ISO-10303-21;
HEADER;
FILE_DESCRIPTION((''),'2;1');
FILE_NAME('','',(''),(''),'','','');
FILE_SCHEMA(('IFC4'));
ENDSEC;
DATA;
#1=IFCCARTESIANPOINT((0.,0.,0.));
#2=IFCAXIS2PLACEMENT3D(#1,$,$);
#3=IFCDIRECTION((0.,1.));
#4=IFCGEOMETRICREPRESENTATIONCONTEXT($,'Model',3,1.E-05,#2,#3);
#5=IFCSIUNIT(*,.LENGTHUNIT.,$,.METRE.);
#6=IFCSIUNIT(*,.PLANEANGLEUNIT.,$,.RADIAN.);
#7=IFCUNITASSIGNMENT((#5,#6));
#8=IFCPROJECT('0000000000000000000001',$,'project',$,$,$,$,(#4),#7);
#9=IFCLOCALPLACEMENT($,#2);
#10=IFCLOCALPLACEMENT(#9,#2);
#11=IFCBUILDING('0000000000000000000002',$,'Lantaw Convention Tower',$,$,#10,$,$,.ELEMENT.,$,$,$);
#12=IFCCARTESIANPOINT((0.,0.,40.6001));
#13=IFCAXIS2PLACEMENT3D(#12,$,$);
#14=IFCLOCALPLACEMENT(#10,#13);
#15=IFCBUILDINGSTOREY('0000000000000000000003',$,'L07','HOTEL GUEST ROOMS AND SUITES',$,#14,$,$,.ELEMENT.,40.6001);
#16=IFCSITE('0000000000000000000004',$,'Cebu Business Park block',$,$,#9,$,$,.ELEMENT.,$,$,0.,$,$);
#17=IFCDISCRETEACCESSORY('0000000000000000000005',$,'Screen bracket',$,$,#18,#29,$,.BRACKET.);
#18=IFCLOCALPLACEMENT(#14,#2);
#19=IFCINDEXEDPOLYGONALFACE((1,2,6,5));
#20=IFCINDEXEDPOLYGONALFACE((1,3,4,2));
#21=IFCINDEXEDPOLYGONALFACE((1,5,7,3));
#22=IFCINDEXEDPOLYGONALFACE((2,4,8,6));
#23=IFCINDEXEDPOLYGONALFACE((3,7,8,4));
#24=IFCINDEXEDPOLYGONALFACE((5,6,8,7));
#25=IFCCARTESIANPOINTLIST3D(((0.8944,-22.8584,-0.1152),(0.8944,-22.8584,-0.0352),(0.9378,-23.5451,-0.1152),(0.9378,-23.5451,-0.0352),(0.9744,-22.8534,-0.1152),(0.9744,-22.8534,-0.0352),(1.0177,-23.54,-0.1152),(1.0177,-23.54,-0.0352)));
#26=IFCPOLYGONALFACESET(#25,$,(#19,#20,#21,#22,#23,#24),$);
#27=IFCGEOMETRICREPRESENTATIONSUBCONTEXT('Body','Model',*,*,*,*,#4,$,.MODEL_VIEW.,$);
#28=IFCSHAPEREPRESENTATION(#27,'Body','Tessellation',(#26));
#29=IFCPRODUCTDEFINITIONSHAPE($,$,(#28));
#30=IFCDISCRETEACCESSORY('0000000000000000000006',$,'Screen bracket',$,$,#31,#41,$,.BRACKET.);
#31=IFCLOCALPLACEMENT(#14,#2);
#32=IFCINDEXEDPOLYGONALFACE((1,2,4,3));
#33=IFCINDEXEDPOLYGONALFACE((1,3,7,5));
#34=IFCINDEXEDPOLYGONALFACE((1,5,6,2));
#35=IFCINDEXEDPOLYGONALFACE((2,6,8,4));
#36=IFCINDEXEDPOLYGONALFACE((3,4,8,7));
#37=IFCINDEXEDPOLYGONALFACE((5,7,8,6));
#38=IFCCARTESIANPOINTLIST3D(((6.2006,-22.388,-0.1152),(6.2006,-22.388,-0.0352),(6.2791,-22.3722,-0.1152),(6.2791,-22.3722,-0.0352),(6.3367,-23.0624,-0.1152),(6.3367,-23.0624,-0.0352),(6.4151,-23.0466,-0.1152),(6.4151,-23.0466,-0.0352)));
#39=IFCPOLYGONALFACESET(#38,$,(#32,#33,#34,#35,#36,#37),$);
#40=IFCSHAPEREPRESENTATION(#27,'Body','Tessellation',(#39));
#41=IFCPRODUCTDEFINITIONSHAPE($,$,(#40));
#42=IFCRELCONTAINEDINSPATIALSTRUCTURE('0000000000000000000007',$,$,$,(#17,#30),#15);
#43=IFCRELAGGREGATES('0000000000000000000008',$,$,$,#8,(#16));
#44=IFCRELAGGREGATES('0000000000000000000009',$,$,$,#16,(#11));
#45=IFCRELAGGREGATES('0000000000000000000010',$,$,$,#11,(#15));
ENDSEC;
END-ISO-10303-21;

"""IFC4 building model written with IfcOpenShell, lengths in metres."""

from ifc_helpers import new_model, si_unit, direction, frame, origin, origin_2d, place, context, subcontext, project, spatial, rectangle, extrude, element, save


model = new_model("IFC4")

# Units and contexts
model_context = context("Model", 3, precision=1e-05, world=origin(), true_north=direction((0.0, 1.0)))
body_context = subcontext(model_context, "Body", "Model", "MODEL_VIEW")
ifc_project = project(units=[si_unit("LENGTHUNIT", "METRE"), si_unit("PLANEANGLEUNIT", "RADIAN")], contexts=[model_context])

# Site, building, storey
site_placement = place(None, origin())
site = spatial("IfcSite", under=ifc_project, at=site_placement, Name="Cebu Business Park block", CompositionType="ELEMENT", RefElevation=0.0)
building_placement = place(site_placement, origin())
building = spatial("IfcBuilding", under=site, at=building_placement, Name="Lantaw Convention Tower", CompositionType="ELEMENT")
storey_placement = place(building_placement, frame((0.0, 0.0, 40.6001)))
storey = spatial("IfcBuildingStorey", under=building, at=storey_placement, Name="L07", Description="HOTEL GUEST ROOMS AND SUITES", CompositionType="ELEMENT", Elevation=40.6001)

# Discrete accessories
for number, where, z_axis, x_axis, name in (
    (1, (0.9561, -23.1992, -0.1152), (0.0, 0.0, 1.0), (0.998016, 0.062958, 0.0), "Screen bracket"),
    (2, (6.3079, -22.7173, -0.1152), (0.0, 0.0, 1.0), (0.980245, 0.197789, 0.0), "Screen bracket"),
):
    element("IfcDiscreteAccessory", number, at=place(storey_placement, frame(where, z_axis=z_axis, x_axis=x_axis)), inside=storey, Name=name, PredefinedType="BRACKET", context=body_context, shape_type="SweptSolid", body=[
        extrude(rectangle(XDim=0.0801, YDim=0.688, at=origin_2d()), origin(), (0.0, 0.0, 1.0), 0.0801),
    ])

save(model, "model.ifc")
